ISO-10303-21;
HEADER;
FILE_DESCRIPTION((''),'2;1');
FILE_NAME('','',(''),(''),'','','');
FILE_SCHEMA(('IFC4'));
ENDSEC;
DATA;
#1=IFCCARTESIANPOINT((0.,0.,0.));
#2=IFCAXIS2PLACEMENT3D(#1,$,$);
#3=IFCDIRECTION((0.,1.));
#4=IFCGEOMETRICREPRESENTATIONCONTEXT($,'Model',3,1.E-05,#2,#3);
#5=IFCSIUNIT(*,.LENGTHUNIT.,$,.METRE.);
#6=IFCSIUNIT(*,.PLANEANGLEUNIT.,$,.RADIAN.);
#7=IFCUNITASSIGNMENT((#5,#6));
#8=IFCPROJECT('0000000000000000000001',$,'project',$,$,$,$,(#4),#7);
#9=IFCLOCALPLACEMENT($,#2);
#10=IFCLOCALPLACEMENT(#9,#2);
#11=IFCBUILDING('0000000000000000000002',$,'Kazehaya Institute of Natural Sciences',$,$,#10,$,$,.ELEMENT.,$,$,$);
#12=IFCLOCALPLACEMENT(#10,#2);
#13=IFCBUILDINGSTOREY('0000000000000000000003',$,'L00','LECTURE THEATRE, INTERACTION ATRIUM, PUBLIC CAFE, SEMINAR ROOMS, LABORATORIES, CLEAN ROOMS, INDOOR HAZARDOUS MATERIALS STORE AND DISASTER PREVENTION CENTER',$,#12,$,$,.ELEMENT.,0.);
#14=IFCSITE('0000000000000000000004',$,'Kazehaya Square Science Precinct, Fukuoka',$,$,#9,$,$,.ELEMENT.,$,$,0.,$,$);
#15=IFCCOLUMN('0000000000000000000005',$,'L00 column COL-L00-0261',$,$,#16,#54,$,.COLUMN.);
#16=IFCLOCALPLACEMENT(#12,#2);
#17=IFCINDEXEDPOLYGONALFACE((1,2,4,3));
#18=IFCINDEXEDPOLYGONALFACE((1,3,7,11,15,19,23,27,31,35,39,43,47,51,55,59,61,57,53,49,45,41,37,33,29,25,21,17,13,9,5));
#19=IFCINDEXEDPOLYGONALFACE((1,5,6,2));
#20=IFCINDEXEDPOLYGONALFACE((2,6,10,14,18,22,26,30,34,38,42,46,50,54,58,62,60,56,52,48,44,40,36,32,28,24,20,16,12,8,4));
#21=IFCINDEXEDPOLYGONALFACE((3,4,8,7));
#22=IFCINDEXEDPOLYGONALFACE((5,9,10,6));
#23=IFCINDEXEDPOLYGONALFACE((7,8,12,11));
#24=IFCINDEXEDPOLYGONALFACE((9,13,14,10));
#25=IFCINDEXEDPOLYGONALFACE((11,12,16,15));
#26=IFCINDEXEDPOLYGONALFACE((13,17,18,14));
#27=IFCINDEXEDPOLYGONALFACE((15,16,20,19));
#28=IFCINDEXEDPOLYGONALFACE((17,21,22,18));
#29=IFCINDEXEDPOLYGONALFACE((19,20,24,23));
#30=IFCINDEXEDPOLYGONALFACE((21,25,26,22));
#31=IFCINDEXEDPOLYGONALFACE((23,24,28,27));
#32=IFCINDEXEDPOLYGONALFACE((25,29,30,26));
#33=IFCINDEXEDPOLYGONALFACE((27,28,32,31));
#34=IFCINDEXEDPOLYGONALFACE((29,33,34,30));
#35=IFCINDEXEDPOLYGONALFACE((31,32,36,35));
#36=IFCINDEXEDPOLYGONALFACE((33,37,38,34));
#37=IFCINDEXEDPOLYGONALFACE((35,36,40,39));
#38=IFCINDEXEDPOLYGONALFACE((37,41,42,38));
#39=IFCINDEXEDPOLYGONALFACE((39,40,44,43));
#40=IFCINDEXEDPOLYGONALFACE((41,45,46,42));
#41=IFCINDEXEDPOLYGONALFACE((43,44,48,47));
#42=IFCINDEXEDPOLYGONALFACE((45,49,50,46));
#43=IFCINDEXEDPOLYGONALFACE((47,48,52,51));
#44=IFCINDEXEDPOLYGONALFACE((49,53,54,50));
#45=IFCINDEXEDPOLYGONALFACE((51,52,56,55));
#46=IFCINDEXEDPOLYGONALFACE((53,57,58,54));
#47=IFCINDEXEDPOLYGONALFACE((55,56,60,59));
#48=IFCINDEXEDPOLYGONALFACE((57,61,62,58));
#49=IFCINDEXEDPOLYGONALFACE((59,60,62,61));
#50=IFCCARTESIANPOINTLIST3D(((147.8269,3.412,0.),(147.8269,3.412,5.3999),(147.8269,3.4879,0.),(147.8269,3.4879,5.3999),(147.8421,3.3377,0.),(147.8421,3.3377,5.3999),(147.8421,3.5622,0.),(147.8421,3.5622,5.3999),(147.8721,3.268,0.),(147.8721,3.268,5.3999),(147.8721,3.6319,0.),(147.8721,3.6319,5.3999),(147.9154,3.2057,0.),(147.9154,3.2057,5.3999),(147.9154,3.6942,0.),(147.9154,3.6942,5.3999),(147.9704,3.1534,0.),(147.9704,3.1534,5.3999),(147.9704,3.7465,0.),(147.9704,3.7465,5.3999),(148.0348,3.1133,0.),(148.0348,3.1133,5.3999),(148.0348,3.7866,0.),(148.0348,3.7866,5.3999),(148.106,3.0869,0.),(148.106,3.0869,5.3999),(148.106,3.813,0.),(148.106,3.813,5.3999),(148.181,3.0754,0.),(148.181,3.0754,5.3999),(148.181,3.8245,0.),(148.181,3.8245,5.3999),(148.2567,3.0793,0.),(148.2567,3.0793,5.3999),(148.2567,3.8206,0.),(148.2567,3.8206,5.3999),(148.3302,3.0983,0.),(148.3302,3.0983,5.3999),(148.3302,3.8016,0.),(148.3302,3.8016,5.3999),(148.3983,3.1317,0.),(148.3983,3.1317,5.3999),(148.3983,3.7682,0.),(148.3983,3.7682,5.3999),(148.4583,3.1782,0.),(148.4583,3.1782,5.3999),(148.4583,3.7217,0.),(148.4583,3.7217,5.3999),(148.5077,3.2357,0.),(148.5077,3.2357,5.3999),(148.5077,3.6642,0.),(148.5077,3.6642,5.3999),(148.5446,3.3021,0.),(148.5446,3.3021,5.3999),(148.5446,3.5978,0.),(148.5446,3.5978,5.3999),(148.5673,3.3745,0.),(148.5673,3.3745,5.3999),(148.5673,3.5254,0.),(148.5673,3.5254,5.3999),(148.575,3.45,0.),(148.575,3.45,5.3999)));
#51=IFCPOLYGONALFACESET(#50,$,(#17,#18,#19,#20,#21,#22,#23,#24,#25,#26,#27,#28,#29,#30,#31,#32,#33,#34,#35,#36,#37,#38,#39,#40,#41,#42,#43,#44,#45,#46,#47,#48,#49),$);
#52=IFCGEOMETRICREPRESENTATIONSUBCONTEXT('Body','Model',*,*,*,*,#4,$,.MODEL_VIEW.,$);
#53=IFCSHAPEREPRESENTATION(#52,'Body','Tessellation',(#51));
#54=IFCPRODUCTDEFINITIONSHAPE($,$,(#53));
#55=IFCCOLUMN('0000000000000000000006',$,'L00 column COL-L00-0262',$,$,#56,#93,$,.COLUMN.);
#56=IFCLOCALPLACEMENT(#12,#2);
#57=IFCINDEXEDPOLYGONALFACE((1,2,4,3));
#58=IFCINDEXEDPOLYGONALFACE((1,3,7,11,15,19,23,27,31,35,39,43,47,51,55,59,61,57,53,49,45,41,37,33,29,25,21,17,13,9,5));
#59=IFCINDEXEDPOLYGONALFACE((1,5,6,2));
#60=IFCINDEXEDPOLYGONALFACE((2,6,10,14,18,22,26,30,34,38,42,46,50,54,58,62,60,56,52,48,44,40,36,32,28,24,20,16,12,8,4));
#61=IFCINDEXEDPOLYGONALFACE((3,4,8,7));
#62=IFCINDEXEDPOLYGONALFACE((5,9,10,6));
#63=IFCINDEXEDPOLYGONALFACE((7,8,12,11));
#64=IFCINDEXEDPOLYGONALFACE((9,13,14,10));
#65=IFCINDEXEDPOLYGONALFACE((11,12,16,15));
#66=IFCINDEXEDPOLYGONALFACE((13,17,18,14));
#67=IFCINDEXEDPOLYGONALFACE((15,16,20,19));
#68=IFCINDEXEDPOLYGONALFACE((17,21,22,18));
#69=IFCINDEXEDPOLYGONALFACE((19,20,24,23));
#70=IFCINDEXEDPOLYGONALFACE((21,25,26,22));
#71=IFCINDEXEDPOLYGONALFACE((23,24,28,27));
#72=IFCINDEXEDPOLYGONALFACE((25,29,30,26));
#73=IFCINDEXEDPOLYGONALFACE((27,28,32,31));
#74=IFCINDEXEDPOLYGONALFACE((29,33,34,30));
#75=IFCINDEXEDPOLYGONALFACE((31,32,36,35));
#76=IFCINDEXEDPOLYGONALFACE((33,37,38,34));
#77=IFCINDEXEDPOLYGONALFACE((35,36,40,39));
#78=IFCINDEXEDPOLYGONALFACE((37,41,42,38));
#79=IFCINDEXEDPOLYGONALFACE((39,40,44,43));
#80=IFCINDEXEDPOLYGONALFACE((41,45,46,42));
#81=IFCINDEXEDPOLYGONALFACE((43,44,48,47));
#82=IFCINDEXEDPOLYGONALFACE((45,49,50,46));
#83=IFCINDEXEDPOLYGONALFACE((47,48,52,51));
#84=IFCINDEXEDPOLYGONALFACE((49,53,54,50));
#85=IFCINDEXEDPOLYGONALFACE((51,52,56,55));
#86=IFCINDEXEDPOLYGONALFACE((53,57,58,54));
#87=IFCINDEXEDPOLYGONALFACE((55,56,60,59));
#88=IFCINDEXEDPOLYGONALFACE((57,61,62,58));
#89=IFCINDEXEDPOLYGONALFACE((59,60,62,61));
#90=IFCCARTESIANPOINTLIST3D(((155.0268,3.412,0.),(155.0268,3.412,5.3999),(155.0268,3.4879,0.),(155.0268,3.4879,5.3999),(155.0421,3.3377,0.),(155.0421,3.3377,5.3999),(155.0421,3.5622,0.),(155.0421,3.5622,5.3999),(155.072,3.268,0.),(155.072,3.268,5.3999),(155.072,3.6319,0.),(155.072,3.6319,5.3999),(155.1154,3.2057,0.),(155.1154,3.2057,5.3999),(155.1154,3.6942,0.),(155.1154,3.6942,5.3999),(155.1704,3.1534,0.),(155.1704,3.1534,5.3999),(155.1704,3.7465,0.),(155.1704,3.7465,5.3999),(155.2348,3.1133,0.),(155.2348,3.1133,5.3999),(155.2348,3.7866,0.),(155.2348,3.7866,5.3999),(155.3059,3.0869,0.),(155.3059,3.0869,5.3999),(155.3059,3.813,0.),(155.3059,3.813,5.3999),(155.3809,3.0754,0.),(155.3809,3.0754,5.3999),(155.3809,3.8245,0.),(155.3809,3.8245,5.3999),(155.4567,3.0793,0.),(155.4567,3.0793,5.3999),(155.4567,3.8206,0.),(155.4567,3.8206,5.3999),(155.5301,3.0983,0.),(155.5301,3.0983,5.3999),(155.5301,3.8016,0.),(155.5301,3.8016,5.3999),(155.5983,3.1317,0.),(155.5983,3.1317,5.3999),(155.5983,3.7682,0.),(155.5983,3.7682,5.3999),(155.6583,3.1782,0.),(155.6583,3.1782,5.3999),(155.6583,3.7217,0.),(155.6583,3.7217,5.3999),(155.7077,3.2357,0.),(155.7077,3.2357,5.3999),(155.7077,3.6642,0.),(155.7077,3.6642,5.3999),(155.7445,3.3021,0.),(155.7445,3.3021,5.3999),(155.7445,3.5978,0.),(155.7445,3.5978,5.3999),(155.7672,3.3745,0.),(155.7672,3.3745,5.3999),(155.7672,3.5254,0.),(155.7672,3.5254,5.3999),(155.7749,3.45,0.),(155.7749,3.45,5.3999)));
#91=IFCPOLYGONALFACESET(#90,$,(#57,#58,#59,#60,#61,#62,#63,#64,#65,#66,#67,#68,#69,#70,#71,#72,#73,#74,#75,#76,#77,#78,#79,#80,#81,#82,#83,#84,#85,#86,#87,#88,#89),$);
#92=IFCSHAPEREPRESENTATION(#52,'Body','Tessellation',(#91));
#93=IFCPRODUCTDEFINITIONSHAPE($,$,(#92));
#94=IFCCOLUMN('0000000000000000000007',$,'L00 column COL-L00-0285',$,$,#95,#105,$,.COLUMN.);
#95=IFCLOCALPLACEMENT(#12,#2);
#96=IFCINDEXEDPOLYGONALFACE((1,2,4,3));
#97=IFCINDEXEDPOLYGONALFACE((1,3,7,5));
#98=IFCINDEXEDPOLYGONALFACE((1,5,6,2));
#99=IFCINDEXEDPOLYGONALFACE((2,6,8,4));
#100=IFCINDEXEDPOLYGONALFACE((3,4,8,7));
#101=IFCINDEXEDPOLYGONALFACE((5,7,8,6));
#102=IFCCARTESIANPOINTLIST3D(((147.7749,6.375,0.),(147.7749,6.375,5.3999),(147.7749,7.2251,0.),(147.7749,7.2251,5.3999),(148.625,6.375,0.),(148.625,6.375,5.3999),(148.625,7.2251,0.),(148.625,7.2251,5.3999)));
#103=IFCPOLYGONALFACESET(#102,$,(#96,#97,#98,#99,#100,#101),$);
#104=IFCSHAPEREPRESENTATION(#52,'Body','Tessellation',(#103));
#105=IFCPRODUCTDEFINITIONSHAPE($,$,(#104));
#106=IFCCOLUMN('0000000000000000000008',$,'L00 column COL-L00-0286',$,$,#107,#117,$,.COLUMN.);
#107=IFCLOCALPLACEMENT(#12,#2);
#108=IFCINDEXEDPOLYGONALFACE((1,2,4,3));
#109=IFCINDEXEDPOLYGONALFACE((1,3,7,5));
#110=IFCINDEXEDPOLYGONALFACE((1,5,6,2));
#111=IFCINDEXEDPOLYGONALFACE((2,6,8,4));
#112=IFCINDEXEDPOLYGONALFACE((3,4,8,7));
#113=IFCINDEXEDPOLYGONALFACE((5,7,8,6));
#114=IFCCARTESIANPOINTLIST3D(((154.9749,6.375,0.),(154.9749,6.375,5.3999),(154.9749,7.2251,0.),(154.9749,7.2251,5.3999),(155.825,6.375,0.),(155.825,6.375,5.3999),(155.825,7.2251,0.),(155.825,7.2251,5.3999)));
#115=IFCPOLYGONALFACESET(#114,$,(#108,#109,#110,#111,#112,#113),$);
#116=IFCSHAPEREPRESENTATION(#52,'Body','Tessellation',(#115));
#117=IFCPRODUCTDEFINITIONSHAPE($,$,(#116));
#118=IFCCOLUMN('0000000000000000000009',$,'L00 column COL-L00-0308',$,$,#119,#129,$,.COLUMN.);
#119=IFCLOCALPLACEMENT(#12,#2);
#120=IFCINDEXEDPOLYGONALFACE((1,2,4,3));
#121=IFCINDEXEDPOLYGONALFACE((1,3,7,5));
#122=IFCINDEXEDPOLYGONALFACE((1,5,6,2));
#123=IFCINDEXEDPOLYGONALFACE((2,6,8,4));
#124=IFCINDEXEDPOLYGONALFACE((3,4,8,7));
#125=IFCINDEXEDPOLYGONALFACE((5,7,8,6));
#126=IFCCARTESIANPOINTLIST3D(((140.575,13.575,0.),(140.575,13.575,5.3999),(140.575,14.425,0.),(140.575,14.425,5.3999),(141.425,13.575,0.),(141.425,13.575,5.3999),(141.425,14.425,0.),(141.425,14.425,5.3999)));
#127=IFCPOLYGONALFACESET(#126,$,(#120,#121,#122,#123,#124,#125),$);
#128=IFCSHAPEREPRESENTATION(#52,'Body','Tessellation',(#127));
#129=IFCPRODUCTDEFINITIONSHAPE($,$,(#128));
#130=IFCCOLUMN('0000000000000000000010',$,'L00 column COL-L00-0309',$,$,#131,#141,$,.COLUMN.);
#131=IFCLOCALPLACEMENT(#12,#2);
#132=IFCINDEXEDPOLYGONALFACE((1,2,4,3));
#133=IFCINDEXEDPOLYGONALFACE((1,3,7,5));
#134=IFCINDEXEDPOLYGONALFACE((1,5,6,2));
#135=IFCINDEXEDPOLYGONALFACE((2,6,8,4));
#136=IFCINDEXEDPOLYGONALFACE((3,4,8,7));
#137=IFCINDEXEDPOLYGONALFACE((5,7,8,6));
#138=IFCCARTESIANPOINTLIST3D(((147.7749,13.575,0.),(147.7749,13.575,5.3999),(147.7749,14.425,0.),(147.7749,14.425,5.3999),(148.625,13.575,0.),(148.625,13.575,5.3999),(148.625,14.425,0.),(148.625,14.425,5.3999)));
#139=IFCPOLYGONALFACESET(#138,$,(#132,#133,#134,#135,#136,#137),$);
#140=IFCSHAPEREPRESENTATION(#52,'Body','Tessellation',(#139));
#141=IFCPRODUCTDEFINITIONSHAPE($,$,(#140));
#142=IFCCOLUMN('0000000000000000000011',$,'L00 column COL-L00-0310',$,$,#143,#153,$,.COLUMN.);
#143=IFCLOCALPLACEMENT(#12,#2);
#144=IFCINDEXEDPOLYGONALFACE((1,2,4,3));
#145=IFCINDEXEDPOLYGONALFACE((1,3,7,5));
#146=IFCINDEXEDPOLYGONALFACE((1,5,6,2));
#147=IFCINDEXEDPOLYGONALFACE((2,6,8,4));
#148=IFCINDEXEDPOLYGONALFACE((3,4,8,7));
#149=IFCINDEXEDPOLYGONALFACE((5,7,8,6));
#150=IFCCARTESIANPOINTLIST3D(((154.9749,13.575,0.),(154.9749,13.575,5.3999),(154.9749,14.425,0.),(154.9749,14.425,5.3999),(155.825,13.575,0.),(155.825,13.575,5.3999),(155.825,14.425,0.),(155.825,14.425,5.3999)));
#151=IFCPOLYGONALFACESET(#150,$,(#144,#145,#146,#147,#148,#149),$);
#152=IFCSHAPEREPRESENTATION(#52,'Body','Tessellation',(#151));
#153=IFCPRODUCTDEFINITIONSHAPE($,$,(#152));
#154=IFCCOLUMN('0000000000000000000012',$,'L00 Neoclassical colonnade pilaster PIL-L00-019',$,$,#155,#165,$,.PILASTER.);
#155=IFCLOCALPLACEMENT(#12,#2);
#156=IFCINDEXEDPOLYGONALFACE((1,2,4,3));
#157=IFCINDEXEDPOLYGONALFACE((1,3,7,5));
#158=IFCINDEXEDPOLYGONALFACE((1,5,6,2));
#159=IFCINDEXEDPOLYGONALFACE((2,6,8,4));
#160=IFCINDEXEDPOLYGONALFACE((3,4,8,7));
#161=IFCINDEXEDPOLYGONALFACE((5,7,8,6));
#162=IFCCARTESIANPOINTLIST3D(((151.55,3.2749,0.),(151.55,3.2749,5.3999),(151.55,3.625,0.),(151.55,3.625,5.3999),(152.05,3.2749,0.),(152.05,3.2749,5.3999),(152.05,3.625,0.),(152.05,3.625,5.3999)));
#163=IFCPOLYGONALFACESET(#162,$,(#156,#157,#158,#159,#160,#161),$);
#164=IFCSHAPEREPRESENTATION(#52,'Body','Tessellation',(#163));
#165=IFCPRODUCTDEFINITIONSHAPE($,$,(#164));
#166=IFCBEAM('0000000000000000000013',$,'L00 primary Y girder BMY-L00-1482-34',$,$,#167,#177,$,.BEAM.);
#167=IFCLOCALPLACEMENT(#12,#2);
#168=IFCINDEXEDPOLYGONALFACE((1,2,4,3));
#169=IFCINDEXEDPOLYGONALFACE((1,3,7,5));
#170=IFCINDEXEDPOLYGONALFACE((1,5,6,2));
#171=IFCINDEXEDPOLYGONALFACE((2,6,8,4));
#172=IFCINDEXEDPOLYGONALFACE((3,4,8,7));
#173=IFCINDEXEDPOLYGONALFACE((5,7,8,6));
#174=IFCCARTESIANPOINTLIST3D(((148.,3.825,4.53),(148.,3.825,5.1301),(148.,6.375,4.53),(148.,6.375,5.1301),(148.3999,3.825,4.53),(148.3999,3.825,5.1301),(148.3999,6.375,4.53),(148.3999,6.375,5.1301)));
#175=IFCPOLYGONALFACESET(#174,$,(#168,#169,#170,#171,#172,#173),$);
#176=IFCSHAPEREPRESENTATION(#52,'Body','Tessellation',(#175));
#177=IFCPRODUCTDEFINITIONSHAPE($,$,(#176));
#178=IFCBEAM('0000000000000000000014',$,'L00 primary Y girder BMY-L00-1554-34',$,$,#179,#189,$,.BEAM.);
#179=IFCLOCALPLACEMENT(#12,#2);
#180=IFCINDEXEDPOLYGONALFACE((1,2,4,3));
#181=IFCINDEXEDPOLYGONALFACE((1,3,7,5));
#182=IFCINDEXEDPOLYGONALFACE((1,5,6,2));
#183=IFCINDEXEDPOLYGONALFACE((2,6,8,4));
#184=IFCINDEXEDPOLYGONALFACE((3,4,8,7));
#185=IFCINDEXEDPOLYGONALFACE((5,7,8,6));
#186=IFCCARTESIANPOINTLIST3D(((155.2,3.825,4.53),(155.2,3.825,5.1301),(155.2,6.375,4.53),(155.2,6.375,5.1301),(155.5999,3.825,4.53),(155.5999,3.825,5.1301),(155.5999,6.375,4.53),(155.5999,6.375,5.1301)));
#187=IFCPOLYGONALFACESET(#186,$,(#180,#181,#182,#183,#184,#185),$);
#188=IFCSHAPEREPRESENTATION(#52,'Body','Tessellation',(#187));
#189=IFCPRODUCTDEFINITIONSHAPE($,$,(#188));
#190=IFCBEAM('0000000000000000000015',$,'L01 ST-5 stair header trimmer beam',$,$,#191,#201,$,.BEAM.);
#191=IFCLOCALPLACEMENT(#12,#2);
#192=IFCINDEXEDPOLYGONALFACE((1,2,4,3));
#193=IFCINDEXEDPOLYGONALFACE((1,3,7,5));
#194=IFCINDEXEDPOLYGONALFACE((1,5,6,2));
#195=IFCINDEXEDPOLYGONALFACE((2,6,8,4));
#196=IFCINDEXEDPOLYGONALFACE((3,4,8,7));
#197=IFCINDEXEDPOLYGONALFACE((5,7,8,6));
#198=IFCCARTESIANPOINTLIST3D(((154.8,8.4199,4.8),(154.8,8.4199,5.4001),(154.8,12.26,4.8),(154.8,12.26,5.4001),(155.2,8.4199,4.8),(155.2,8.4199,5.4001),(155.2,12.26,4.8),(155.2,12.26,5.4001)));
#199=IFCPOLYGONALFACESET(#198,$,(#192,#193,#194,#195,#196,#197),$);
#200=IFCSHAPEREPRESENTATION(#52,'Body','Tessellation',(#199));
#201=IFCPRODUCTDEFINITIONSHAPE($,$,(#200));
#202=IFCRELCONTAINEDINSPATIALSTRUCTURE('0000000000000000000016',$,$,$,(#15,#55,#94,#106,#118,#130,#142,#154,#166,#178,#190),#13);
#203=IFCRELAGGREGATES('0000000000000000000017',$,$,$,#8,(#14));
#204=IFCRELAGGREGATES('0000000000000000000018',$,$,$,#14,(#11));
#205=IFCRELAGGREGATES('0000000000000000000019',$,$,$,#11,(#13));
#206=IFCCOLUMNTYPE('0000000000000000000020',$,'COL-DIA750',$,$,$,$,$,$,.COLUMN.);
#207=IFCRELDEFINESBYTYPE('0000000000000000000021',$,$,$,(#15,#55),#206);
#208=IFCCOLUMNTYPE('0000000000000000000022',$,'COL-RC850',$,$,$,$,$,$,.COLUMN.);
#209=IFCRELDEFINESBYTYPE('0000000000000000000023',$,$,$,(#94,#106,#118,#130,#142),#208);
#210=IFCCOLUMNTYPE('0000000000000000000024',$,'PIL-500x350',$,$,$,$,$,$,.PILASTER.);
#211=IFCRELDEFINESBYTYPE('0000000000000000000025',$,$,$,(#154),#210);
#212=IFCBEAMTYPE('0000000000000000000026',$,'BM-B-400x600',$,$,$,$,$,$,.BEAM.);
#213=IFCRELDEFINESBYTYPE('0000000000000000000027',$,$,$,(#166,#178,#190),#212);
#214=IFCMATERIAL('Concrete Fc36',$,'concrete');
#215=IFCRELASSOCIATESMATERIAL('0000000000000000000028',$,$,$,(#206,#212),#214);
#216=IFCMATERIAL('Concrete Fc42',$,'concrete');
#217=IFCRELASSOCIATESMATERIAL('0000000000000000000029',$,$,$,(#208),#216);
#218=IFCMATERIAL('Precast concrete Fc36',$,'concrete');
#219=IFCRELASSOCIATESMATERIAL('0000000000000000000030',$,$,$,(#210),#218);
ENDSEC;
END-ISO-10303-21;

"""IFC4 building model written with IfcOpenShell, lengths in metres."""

from ifc_helpers import new_model, si_unit, direction, frame, origin, origin_2d, place, context, subcontext, project, spatial, rectangle, circle, extrude, material, material_profile, profile_set, type_object, element, save


model = new_model("IFC4")

# Units and contexts
model_context = context("Model", 3, precision=1e-05, world=origin(), true_north=direction((0.0, 1.0)))
body_context = subcontext(model_context, "Body", "Model", "MODEL_VIEW")
ifc_project = project(units=[si_unit("LENGTHUNIT", "METRE"), si_unit("PLANEANGLEUNIT", "RADIAN")], contexts=[model_context])

# Site, building, storey
site_placement = place(None, origin())
site = spatial("IfcSite", under=ifc_project, at=site_placement, Name="Kazehaya Square Science Precinct, Fukuoka", CompositionType="ELEMENT", RefElevation=0.0)
building_placement = place(site_placement, origin())
building = spatial("IfcBuilding", under=site, at=building_placement, Name="Kazehaya Institute of Natural Sciences", CompositionType="ELEMENT")
storey_placement = place(building_placement, origin())
storey = spatial("IfcBuildingStorey", under=building, at=storey_placement, Name="L00", Description="LECTURE THEATRE, INTERACTION ATRIUM, PUBLIC CAFE, SEMINAR ROOMS, LABORATORIES, CLEAN ROOMS, INDOOR HAZARDOUS MATERIALS STORE AND DISASTER PREVENTION CENTER", CompositionType="ELEMENT", Elevation=0.0)

# Columns
ifc_material_1 = material(Name="Concrete Fc36", Category="concrete")
ifc_material_profile_1 = material_profile(ifc_material_1, circle(Radius=0.375, at=origin_2d()), Name="RC-DIA750")
ifc_profile_set_1 = profile_set([ifc_material_profile_1], Name="Concrete Fc36")
column_type_1 = type_object("IfcColumnType", Name="COL-DIA750", PredefinedType="COLUMN", material=ifc_profile_set_1)
for number, where, z_axis, x_axis, name in (
    (1, (148.2, 3.45, 0.0), (0.0, 0.0, 1.0), (1.0, 0.0, 0.0), "L00 column COL-L00-0261"),
    (2, (155.3999, 3.45, 0.0), (0.0, 0.0, 1.0), (1.0, 0.0, 0.0), "L00 column COL-L00-0262"),
):
    element("IfcColumn", number, at=place(storey_placement, frame(where, z_axis=z_axis, x_axis=x_axis)), inside=storey, type_object=column_type_1, Name=name, PredefinedType="COLUMN", context=body_context, shape_type="SweptSolid", body=[
        extrude(circle(Radius=0.375, at=origin_2d()), origin(), (0.0, 0.0, 1.0), 5.3999),
    ])
ifc_material_2 = material(Name="Concrete Fc42", Category="concrete")
ifc_material_profile_2 = material_profile(ifc_material_2, rectangle(XDim=0.8501, YDim=0.8501, at=origin_2d()), Name="RC-850x850")
ifc_profile_set_2 = profile_set([ifc_material_profile_2], Name="Concrete Fc42")
column_type_2 = type_object("IfcColumnType", Name="COL-RC850", PredefinedType="COLUMN", material=ifc_profile_set_2)
for number, where, z_axis, x_axis, name in (
    (3, (148.2, 6.8, 0.0), (0.0, 0.0, 1.0), (1.0, 0.0, 0.0), "L00 column COL-L00-0285"),
    (4, (155.3999, 6.8, 0.0), (0.0, 0.0, 1.0), (1.0, 0.0, 0.0), "L00 column COL-L00-0286"),
    (5, (141.0, 14.0, 0.0), (0.0, 0.0, 1.0), (1.0, 0.0, 0.0), "L00 column COL-L00-0308"),
    (6, (148.2, 14.0, 0.0), (0.0, 0.0, 1.0), (1.0, 0.0, 0.0), "L00 column COL-L00-0309"),
    (7, (155.3999, 14.0, 0.0), (0.0, 0.0, 1.0), (1.0, 0.0, 0.0), "L00 column COL-L00-0310"),
):
    element("IfcColumn", number, at=place(storey_placement, frame(where, z_axis=z_axis, x_axis=x_axis)), inside=storey, type_object=column_type_2, Name=name, PredefinedType="COLUMN", context=body_context, shape_type="SweptSolid", body=[
        extrude(rectangle(XDim=0.8501, YDim=0.8501, at=origin_2d()), origin(), (0.0, 0.0, 1.0), 5.3999),
    ])
ifc_material_3 = material(Name="Precast concrete Fc36", Category="concrete")
ifc_material_profile_3 = material_profile(ifc_material_3, rectangle(XDim=0.5, YDim=0.3501, at=origin_2d()), Name="RC-PIL-500x350")
ifc_profile_set_3 = profile_set([ifc_material_profile_3], Name="Precast concrete Fc36")
column_type_3 = type_object("IfcColumnType", Name="PIL-500x350", PredefinedType="PILASTER", material=ifc_profile_set_3)
column_placement = place(storey_placement, frame((151.8, 3.45, 0.0), z_axis=(0.0, 0.0, 1.0), x_axis=(1.0, 0.0, 0.0)))
element("IfcColumn", 8, at=column_placement, inside=storey, type_object=column_type_3, Name="L00 Neoclassical colonnade pilaster PIL-L00-019", PredefinedType="PILASTER", context=body_context, shape_type="SweptSolid", body=[
    extrude(rectangle(XDim=0.5, YDim=0.3501, at=origin_2d()), origin(), (0.0, 0.0, 1.0), 5.3999),
])

# Beams
ifc_material_profile_4 = material_profile(ifc_material_1, rectangle(XDim=0.3999, YDim=0.6001, at=origin_2d()), Name="RC-400x600")
ifc_profile_set_4 = profile_set([ifc_material_profile_4], Name="Concrete Fc36")
beam_type_1 = type_object("IfcBeamType", Name="BM-B-400x600", PredefinedType="BEAM", material=ifc_profile_set_4)
for number, where, z_axis, x_axis, name in (
    (9, (148.2, 3.825, 4.8301), (0.0, 1.0, 0.0), (-1.0, 0.0, 0.0), "L00 primary Y girder BMY-L00-1482-34"),
    (10, (155.3999, 3.825, 4.8301), (0.0, 1.0, 0.0), (-1.0, 0.0, 0.0), "L00 primary Y girder BMY-L00-1554-34"),
):
    element("IfcBeam", number, at=place(storey_placement, frame(where, z_axis=z_axis, x_axis=x_axis)), inside=storey, type_object=beam_type_1, Name=name, PredefinedType="BEAM", context=body_context, shape_type="SweptSolid", body=[
        extrude(rectangle(XDim=0.3999, YDim=0.6001, at=origin_2d()), origin(), (0.0, 0.0, 1.0), 2.55),
    ])
beam_1_placement = place(storey_placement, frame((155.0, 8.4199, 5.1001), z_axis=(0.0, 1.0, 0.0), x_axis=(-1.0, 0.0, 0.0)))
element("IfcBeam", 11, at=beam_1_placement, inside=storey, type_object=beam_type_1, Name="L01 ST-5 stair header trimmer beam", PredefinedType="BEAM", context=body_context, shape_type="SweptSolid", body=[
    extrude(rectangle(XDim=0.3999, YDim=0.6001, at=origin_2d()), origin(), (0.0, 0.0, 1.0), 3.8401),
])

save(model, "model.ifc")
